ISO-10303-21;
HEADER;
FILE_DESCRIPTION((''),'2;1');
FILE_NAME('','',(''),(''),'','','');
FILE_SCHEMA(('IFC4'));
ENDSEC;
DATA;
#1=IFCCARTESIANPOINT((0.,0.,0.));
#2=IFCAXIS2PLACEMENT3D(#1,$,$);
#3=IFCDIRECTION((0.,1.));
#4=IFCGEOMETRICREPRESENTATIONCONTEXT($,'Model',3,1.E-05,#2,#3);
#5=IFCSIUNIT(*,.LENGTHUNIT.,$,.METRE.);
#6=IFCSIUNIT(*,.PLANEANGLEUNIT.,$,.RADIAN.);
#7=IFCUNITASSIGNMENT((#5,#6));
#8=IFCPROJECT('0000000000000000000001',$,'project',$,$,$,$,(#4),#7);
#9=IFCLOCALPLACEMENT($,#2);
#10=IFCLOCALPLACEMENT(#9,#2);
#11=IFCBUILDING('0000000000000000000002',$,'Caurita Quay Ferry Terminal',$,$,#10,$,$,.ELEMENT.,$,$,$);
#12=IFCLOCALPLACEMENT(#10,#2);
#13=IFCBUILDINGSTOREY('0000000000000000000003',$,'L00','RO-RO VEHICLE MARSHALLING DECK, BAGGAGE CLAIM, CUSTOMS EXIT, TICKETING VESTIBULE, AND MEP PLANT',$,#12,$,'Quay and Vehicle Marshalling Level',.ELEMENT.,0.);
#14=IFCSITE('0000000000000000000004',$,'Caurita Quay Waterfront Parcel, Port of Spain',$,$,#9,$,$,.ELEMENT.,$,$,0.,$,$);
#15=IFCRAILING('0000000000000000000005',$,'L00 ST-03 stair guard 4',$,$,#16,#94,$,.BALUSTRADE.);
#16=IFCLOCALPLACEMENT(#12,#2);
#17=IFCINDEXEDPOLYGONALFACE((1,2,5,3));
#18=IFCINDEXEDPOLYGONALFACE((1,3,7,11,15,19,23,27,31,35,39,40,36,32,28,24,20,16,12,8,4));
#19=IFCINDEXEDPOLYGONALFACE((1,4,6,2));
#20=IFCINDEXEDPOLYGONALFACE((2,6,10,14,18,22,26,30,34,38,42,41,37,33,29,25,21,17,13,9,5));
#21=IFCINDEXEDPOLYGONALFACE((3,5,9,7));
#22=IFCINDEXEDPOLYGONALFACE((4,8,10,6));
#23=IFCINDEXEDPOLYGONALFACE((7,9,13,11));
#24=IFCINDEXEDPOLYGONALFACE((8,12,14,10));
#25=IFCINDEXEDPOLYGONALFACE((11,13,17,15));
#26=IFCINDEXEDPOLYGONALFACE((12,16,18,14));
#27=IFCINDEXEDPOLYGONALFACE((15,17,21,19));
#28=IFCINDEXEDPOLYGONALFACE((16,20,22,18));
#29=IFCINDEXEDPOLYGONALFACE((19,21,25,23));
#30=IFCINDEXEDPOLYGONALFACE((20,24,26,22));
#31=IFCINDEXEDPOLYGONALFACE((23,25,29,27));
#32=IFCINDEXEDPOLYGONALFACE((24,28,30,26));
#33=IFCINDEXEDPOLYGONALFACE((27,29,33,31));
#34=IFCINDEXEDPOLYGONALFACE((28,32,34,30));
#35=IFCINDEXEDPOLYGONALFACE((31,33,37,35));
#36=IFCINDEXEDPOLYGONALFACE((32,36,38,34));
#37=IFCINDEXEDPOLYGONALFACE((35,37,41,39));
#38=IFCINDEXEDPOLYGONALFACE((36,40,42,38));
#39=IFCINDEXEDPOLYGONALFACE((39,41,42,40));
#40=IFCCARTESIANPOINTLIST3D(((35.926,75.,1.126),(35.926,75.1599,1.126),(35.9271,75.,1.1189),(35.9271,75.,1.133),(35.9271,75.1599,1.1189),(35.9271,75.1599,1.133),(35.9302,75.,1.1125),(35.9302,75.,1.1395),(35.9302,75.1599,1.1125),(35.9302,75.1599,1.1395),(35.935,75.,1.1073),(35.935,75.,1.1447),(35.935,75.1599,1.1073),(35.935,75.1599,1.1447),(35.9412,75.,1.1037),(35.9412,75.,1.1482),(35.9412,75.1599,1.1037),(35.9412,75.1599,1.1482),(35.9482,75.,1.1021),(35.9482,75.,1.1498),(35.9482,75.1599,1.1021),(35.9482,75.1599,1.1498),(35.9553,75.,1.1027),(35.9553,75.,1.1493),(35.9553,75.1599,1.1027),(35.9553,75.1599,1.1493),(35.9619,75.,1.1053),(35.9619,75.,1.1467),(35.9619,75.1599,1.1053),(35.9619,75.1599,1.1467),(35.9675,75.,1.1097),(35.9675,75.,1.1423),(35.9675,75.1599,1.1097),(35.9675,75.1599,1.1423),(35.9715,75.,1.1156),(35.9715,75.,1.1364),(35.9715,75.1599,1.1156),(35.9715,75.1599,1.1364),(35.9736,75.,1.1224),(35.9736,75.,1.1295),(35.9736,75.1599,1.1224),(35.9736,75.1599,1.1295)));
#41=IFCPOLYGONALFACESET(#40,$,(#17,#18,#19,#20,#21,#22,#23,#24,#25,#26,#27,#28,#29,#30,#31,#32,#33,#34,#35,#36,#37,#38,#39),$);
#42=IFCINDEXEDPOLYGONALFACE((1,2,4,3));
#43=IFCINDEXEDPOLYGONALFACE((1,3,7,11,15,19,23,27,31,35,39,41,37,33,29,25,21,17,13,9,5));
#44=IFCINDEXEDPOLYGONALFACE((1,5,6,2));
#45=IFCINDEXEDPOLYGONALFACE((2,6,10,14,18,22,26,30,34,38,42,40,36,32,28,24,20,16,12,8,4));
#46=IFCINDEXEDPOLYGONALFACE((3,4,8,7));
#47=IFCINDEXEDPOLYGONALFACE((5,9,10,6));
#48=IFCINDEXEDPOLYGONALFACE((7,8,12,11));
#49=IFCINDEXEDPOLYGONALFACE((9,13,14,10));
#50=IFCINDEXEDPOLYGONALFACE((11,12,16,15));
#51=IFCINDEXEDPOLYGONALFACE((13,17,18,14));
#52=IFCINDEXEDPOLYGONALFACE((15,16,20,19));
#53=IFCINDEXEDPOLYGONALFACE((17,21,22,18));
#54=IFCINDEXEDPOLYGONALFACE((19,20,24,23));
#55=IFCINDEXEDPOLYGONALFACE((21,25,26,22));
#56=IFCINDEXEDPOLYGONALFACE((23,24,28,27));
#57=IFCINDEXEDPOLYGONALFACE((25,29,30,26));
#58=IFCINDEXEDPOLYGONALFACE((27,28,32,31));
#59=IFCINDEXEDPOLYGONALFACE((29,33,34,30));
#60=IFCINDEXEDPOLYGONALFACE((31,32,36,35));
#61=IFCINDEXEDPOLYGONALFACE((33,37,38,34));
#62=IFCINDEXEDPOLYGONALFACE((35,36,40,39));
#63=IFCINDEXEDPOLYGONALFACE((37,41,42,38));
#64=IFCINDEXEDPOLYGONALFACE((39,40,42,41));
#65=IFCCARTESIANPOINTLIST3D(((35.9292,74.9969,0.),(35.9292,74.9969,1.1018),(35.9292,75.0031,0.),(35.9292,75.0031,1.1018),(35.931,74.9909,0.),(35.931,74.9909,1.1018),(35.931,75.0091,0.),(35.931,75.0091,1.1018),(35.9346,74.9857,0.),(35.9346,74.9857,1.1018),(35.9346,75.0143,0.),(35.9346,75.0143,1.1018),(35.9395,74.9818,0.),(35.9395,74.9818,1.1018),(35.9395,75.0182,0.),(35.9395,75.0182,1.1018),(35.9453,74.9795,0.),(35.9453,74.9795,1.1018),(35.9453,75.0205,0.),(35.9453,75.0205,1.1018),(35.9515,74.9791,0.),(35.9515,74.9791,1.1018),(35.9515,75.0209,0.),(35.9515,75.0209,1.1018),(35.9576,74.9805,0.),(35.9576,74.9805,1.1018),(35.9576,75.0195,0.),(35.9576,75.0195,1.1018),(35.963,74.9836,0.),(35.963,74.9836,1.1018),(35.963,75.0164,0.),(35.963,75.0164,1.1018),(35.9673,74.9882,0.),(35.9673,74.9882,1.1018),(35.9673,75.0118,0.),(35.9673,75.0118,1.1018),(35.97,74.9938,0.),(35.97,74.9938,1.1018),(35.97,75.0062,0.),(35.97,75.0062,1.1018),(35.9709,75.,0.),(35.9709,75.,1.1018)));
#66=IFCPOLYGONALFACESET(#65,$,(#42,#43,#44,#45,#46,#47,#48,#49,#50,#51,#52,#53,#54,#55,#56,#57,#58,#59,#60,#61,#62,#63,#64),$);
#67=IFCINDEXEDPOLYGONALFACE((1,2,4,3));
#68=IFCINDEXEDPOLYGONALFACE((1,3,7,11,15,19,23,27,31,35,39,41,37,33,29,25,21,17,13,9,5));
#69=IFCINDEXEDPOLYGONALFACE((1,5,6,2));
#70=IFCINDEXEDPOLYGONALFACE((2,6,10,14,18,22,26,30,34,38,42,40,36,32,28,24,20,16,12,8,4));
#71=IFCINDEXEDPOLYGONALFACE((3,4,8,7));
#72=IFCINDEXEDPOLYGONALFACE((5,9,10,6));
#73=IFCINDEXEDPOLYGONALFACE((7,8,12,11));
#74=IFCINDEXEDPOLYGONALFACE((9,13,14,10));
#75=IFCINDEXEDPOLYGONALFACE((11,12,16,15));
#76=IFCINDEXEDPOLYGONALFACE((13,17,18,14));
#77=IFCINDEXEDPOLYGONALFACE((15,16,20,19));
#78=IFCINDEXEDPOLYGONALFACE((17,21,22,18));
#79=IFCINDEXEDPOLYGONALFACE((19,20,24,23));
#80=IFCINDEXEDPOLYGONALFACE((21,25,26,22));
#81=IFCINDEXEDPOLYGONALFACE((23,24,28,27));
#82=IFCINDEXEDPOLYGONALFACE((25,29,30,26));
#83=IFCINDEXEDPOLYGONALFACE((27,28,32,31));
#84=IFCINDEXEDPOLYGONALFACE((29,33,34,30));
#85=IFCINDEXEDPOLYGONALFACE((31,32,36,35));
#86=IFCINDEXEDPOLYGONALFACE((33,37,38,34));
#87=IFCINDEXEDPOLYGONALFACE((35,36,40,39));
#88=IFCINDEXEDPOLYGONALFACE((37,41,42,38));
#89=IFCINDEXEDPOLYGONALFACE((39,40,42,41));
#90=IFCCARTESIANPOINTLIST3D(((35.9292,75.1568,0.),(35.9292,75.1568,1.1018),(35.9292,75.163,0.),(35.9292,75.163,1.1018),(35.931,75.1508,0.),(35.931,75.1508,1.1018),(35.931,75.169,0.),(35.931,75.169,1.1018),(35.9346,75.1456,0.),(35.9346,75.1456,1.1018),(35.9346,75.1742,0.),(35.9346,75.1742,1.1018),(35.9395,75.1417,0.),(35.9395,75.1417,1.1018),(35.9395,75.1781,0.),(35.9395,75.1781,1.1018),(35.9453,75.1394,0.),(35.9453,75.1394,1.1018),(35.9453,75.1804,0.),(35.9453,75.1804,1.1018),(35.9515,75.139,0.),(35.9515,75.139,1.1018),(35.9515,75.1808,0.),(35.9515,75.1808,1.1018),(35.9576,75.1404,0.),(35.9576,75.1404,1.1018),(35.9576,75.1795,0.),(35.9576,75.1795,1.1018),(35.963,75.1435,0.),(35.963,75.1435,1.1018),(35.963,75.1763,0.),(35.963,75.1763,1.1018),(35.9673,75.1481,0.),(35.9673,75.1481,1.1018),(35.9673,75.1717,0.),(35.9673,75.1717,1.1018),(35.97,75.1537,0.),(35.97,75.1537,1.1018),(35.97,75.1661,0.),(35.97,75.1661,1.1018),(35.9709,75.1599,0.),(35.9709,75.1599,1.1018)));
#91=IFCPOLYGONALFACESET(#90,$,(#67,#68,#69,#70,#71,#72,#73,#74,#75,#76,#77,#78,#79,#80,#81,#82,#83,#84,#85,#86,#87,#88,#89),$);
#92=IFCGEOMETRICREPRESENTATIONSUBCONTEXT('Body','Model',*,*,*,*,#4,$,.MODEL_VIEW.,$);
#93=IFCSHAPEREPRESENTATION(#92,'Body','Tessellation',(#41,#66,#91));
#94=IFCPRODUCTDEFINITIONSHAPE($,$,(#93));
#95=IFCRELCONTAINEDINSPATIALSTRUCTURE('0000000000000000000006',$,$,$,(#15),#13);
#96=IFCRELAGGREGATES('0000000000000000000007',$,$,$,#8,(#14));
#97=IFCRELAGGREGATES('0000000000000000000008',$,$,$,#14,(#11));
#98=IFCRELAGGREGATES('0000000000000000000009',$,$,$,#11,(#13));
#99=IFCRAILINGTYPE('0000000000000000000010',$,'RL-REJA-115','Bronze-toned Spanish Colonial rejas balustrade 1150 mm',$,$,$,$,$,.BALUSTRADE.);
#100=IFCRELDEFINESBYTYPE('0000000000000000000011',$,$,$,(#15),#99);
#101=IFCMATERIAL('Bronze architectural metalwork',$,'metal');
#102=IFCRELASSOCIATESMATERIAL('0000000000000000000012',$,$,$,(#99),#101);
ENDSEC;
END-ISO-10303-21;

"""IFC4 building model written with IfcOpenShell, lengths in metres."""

from ifc_helpers import new_model, si_unit, direction, frame, origin, origin_2d, place, context, subcontext, project, spatial, circle, extrude, material, type_object, element, save


model = new_model("IFC4")

# Units and contexts
model_context = context("Model", 3, precision=1e-05, world=origin(), true_north=direction((0.0, 1.0)))
body_context = subcontext(model_context, "Body", "Model", "MODEL_VIEW")
ifc_project = project(units=[si_unit("LENGTHUNIT", "METRE"), si_unit("PLANEANGLEUNIT", "RADIAN")], contexts=[model_context])

# Site, building, storey
site_placement = place(None, origin())
site = spatial("IfcSite", under=ifc_project, at=site_placement, Name="Caurita Quay Waterfront Parcel, Port of Spain", CompositionType="ELEMENT", RefElevation=0.0)
building_placement = place(site_placement, origin())
building = spatial("IfcBuilding", under=site, at=building_placement, Name="Caurita Quay Ferry Terminal", CompositionType="ELEMENT")
storey_placement = place(building_placement, origin())
storey = spatial("IfcBuildingStorey", under=building, at=storey_placement, Name="L00", Description="RO-RO VEHICLE MARSHALLING DECK, BAGGAGE CLAIM, CUSTOMS EXIT, TICKETING VESTIBULE, AND MEP PLANT", LongName="Quay and Vehicle Marshalling Level", CompositionType="ELEMENT", Elevation=0.0)

# Railing
ifc_material_1 = material(Name="Bronze architectural metalwork", Category="metal")
railing_type_1 = type_object("IfcRailingType", Name="RL-REJA-115", Description="Bronze-toned Spanish Colonial rejas balustrade 1150 mm", PredefinedType="BALUSTRADE", material=ifc_material_1)
railing_1_placement = place(storey_placement, frame((35.95, 75.0, 0.0)))
element("IfcRailing", 1, at=railing_1_placement, inside=storey, type_object=railing_type_1, Name="L00 ST-03 stair guard 4", PredefinedType="BALUSTRADE", context=body_context, shape_type="SweptSolid", body=[
    extrude(circle(Radius=0.0239, at=origin_2d()), frame((0.0, 0.0, 1.126), z_axis=(0.0, 1.0, 0.0), x_axis=(-1.0, 0.0, 0.0)), (0.0, 0.0, 1.0), 0.1599),
    extrude(circle(Radius=0.021, at=origin_2d()), origin(), (0.0, 0.0, 1.0), 1.1018),
    extrude(circle(Radius=0.021, at=origin_2d()), frame((0.0, 0.1599, 0.0)), (0.0, 0.0, 1.0), 1.1018),
])

save(model, "model.ifc")
